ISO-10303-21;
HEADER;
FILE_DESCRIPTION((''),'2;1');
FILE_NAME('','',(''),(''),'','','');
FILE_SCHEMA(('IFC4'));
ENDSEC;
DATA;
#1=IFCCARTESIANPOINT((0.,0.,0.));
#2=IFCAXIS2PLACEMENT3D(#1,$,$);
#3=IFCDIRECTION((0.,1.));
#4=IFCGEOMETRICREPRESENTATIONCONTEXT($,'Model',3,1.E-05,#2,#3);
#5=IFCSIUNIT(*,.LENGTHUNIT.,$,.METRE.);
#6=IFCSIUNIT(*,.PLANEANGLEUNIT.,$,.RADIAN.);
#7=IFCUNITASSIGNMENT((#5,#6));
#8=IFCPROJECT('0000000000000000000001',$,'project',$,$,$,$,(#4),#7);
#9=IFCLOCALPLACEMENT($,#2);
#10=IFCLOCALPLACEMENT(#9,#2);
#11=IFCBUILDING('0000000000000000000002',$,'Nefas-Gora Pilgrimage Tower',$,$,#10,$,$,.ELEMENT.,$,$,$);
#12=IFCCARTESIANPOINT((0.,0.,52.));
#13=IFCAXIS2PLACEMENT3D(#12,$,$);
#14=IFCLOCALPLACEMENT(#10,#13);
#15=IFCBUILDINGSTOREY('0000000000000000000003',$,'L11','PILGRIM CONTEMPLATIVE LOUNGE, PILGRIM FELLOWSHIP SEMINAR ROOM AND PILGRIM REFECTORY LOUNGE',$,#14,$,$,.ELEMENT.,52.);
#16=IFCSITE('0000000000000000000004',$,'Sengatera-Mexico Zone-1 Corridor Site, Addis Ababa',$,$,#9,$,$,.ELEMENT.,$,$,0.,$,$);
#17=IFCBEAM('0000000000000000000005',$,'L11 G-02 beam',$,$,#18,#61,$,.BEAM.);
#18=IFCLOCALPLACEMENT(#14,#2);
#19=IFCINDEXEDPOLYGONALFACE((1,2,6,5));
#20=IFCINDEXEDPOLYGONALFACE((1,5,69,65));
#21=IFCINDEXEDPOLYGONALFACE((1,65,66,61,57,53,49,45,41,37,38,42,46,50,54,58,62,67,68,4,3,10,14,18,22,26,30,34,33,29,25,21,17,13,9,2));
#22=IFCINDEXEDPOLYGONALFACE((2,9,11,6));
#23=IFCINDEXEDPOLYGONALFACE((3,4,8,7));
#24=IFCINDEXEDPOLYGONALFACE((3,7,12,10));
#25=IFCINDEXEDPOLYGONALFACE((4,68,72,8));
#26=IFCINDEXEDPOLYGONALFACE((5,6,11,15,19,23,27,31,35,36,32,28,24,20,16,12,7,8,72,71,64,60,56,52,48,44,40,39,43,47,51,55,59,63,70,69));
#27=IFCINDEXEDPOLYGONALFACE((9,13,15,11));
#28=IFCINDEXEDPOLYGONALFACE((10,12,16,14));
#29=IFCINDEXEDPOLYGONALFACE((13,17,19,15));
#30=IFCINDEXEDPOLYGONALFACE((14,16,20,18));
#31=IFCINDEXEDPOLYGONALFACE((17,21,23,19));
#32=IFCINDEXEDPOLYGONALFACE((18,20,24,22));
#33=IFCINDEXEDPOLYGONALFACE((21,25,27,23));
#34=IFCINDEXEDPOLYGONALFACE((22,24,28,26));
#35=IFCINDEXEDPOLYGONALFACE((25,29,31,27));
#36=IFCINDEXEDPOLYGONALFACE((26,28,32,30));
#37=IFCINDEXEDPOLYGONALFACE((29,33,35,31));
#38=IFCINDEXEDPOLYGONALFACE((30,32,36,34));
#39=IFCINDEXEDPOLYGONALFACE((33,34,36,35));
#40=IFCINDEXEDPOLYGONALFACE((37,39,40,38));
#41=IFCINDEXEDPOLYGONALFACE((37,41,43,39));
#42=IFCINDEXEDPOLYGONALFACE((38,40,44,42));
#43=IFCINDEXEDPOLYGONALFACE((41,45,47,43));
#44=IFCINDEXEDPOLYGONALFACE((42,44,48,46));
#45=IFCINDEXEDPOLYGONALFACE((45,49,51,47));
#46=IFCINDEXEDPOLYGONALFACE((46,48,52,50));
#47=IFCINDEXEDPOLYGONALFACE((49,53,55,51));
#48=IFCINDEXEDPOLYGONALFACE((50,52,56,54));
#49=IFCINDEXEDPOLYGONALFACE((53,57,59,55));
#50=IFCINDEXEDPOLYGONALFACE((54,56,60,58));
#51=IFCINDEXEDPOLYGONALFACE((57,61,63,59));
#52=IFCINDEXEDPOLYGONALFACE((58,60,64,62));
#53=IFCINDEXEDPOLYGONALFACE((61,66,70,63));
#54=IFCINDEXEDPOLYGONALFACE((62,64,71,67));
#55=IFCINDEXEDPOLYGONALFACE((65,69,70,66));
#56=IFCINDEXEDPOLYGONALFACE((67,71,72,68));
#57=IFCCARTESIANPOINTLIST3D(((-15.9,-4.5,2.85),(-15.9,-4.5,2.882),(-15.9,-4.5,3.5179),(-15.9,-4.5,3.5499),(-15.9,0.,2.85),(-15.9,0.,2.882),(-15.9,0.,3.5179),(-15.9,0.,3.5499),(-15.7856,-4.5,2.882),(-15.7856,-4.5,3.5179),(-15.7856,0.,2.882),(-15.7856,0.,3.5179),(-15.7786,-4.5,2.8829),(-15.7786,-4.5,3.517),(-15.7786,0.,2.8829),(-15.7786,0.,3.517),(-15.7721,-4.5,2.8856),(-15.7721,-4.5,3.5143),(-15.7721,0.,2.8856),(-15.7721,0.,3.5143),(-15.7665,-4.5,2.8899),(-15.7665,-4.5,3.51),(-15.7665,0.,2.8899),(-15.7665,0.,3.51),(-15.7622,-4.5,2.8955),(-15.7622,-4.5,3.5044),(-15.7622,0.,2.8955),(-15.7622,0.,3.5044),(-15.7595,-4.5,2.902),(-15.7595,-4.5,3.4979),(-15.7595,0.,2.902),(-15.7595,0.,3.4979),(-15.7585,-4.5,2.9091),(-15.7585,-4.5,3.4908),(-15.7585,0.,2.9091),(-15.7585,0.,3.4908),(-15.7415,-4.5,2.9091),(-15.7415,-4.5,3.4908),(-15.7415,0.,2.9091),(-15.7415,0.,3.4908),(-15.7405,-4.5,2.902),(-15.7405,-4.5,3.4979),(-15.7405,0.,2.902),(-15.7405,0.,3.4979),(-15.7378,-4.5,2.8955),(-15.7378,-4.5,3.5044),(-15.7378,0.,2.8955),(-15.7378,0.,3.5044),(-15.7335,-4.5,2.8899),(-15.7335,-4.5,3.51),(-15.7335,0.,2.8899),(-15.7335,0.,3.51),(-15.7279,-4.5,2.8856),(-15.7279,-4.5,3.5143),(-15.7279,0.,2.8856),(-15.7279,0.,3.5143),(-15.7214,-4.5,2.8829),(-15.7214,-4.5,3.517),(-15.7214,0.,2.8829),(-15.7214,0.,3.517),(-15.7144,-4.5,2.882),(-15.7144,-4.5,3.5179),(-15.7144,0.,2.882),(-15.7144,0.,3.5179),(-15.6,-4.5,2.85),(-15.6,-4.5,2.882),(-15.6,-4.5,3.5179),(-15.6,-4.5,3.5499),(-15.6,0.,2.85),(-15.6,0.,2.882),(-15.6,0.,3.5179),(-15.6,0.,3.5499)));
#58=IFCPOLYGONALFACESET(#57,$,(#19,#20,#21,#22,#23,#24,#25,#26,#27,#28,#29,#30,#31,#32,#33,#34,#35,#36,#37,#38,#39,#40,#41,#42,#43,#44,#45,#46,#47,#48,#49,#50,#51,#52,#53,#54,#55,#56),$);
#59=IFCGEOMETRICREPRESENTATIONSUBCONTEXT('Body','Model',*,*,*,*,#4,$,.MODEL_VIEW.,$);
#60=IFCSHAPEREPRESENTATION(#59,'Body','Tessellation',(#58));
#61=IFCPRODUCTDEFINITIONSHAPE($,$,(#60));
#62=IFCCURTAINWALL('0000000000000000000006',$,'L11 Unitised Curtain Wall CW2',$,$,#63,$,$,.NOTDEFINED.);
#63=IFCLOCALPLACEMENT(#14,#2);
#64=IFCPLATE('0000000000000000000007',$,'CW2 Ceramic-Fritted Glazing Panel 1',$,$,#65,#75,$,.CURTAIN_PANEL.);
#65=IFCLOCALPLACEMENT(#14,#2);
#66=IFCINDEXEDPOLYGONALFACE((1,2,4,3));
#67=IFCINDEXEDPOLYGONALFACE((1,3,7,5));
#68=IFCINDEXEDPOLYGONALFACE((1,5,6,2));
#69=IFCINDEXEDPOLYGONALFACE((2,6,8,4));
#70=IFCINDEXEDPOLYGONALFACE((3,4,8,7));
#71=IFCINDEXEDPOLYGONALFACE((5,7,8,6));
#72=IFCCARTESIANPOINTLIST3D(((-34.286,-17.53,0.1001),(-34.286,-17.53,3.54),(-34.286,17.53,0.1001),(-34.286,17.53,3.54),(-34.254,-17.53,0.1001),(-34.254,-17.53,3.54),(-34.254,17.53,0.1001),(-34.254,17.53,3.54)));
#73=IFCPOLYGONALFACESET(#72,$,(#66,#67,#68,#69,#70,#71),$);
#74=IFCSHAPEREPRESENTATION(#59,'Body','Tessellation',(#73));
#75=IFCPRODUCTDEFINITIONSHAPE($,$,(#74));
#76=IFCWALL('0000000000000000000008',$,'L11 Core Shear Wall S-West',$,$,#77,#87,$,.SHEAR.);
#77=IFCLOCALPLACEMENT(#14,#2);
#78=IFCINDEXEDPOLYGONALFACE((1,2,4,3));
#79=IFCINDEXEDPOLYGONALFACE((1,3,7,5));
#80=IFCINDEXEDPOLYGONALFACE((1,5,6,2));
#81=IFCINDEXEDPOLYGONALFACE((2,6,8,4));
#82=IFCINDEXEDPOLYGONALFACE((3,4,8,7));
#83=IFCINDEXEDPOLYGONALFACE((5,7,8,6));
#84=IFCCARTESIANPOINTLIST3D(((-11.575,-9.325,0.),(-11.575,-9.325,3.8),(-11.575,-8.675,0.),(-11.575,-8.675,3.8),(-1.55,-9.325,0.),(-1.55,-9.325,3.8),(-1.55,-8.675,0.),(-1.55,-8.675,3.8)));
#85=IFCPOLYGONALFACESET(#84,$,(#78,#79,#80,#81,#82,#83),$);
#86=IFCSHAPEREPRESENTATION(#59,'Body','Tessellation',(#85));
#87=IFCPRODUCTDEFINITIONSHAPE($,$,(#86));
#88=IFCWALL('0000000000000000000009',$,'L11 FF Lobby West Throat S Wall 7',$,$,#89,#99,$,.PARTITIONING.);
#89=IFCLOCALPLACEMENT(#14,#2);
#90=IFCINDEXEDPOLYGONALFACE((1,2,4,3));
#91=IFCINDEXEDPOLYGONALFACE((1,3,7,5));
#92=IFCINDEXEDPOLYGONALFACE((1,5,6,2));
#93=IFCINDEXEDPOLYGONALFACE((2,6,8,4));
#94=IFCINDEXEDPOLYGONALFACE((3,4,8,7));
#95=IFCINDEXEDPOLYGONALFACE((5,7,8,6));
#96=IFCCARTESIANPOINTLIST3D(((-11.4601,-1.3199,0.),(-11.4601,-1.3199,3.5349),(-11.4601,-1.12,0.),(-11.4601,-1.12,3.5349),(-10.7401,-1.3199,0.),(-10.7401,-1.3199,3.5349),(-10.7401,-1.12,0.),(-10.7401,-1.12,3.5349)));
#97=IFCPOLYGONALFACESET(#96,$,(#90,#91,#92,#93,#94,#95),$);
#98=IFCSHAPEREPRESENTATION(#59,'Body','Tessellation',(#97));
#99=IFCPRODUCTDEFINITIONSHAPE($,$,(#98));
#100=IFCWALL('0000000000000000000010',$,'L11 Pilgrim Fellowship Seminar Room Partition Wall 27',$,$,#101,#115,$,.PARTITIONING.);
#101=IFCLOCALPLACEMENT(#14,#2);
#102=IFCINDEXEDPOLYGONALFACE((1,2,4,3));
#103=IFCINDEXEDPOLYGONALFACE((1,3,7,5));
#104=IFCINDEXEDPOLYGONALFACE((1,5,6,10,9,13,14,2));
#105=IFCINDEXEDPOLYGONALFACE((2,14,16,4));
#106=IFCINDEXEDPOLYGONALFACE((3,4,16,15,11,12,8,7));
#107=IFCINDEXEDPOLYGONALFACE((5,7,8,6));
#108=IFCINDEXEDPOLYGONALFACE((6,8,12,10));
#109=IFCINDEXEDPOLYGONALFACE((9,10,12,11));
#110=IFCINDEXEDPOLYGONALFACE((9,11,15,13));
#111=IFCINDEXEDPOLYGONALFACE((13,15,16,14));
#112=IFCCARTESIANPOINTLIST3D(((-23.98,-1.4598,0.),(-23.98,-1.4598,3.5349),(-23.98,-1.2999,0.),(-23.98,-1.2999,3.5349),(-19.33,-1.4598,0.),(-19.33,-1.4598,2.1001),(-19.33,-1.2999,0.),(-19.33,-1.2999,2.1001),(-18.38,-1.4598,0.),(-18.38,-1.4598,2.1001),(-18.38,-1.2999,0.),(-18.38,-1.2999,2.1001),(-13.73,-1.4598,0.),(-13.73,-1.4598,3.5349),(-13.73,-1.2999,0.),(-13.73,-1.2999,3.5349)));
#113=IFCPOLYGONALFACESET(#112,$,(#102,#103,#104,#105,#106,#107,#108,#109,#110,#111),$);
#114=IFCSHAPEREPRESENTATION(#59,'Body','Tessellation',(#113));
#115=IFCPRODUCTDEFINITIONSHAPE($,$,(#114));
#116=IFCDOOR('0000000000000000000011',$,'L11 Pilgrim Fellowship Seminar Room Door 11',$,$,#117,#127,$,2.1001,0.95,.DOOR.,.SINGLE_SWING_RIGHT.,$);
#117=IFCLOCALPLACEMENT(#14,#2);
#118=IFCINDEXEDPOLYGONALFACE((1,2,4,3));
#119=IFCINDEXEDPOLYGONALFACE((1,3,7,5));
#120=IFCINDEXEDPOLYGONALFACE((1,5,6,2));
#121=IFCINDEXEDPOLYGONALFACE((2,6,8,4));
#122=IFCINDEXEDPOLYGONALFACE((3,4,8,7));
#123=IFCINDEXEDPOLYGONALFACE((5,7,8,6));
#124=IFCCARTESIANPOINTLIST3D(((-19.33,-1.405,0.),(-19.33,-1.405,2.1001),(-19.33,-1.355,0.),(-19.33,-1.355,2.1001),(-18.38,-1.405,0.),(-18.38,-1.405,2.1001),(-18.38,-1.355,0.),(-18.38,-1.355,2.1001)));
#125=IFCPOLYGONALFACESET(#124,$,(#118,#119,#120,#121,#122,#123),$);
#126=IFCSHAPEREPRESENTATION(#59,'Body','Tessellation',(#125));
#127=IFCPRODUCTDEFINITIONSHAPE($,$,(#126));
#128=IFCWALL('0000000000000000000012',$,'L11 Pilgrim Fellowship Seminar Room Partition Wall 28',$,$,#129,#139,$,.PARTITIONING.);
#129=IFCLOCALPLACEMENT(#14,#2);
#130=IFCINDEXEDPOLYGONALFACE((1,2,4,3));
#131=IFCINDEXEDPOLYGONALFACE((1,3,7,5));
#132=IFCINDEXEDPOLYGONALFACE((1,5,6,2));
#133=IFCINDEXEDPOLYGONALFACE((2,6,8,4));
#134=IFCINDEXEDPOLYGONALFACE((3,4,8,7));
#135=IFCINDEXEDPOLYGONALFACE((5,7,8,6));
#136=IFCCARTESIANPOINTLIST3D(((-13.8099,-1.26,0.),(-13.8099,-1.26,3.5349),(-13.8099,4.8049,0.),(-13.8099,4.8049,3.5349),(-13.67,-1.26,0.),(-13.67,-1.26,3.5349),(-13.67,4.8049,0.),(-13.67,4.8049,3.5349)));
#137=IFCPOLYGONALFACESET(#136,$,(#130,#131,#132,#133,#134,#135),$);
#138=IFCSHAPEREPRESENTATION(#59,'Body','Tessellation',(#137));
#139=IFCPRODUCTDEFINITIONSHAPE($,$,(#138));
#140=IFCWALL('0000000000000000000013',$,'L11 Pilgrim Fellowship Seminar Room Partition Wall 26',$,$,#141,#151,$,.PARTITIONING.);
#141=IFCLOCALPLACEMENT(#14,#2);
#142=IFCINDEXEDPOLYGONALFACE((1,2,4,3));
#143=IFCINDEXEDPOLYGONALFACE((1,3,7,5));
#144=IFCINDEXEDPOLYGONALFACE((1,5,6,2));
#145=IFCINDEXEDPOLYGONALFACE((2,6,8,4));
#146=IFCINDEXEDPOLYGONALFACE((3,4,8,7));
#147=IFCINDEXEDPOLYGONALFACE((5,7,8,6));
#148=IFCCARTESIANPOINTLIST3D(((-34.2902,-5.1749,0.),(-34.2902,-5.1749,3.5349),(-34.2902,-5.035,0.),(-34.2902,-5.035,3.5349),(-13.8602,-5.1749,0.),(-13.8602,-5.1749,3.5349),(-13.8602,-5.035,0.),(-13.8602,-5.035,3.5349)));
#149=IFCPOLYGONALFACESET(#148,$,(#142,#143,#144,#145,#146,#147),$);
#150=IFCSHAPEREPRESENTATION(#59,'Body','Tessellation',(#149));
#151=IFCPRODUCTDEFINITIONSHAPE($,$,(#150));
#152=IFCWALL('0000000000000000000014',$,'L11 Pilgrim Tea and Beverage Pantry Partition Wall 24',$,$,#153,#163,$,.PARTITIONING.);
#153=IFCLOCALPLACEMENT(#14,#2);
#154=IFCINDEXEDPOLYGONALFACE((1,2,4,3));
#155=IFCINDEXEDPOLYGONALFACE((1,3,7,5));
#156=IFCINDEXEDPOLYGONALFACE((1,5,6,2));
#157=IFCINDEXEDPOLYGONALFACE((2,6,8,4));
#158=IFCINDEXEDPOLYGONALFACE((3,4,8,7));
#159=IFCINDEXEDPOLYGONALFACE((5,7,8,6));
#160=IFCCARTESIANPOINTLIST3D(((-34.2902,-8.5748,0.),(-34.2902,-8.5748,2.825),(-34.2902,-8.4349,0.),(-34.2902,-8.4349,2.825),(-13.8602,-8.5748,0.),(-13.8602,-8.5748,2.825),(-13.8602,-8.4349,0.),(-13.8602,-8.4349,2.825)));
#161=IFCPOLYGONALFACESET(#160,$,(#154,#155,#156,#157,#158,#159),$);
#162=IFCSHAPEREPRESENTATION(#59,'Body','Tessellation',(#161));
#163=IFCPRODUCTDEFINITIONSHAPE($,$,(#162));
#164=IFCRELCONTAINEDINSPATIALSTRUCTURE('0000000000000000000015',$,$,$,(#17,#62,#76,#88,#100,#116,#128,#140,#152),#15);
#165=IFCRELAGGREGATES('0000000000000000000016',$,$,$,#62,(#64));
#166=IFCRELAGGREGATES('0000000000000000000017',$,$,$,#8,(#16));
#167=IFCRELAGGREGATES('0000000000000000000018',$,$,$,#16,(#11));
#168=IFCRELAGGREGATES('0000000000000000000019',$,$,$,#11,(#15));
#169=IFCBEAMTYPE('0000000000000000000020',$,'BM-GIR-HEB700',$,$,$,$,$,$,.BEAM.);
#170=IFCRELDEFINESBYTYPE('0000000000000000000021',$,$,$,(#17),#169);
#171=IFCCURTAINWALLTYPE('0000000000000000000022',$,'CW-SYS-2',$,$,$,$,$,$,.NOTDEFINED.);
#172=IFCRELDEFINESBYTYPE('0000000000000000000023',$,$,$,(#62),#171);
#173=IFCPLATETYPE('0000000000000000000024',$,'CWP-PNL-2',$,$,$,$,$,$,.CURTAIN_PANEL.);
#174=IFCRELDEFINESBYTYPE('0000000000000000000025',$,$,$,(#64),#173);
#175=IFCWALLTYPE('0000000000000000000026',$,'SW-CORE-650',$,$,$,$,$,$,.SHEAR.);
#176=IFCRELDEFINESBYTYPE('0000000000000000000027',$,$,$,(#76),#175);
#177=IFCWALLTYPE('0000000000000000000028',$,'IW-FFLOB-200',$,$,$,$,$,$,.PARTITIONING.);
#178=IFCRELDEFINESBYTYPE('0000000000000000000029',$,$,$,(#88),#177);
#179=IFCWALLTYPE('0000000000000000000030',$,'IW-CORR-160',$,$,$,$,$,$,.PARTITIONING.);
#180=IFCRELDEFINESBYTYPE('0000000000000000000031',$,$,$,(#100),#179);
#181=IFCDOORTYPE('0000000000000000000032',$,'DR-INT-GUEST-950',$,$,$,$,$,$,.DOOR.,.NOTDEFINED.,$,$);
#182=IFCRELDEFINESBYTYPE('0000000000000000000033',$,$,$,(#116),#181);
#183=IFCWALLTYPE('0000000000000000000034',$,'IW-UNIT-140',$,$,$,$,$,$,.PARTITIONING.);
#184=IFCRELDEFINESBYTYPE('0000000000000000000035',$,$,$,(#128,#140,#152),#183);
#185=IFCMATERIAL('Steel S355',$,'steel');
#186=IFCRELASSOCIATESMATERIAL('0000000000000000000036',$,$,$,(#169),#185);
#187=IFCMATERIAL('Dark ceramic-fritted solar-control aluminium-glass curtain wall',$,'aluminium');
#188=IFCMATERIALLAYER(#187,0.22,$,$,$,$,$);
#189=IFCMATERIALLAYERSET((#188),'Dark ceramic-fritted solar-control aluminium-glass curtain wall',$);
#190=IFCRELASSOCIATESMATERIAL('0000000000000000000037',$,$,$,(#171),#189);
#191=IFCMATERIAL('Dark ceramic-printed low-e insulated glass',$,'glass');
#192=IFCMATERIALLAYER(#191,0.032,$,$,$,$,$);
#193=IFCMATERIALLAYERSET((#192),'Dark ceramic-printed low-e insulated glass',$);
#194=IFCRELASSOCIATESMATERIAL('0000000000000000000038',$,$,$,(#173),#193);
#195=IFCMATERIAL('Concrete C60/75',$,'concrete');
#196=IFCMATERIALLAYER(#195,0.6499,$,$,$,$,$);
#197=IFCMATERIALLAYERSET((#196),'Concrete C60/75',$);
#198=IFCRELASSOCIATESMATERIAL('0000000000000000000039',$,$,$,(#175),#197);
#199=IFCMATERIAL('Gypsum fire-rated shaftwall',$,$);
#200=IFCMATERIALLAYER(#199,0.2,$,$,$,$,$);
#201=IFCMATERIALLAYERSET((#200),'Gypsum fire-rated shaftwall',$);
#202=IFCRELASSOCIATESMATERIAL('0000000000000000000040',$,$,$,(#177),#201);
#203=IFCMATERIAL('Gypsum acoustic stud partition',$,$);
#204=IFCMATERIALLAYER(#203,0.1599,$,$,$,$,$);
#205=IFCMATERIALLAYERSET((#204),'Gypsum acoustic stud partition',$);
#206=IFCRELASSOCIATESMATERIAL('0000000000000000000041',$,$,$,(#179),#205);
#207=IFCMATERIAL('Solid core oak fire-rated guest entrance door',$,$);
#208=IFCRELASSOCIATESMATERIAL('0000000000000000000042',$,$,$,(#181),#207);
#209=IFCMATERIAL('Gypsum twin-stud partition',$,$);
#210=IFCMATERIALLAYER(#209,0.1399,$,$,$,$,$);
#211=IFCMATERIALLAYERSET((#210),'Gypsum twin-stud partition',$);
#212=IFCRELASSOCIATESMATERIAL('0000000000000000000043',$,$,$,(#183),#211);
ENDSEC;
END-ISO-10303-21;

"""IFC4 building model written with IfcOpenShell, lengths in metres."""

from ifc_helpers import new_model, si_unit, direction, frame, frame_2d, origin, origin_2d, place, context, subcontext, project, spatial, rectangle, i_section, extrude, source, transform, mapped, material, layer, layer_set, material_profile, profile_set, type_object, element, fill, aggregate, save


model = new_model("IFC4")

# Units and contexts
model_context = context("Model", 3, precision=1e-05, world=origin(), true_north=direction((0.0, 1.0)))
body_context = subcontext(model_context, "Body", "Model", "MODEL_VIEW")
ifc_project = project(units=[si_unit("LENGTHUNIT", "METRE"), si_unit("PLANEANGLEUNIT", "RADIAN")], contexts=[model_context])

# Site, building, storey
site_placement = place(None, origin())
site = spatial("IfcSite", under=ifc_project, at=site_placement, Name="Sengatera-Mexico Zone-1 Corridor Site, Addis Ababa", CompositionType="ELEMENT", RefElevation=0.0)
building_placement = place(site_placement, origin())
building = spatial("IfcBuilding", under=site, at=building_placement, Name="Nefas-Gora Pilgrimage Tower", CompositionType="ELEMENT")
storey_placement = place(building_placement, frame((0.0, 0.0, 52.0)))
storey = spatial("IfcBuildingStorey", under=building, at=storey_placement, Name="L11", Description="PILGRIM CONTEMPLATIVE LOUNGE, PILGRIM FELLOWSHIP SEMINAR ROOM AND PILGRIM REFECTORY LOUNGE", CompositionType="ELEMENT", Elevation=52.0)

# Beam
ifc_material_1 = material(Name="Steel S355", Category="steel")
ifc_material_profile_1 = material_profile(ifc_material_1, i_section(OverallWidth=0.3, OverallDepth=0.7, WebThickness=0.0171, FlangeThickness=0.032, FilletRadius=0.0271, at=origin_2d()), Name="HEB 700")
ifc_profile_set_1 = profile_set([ifc_material_profile_1], Name="Steel S355")
beam_type_1 = type_object("IfcBeamType", Name="BM-GIR-HEB700", PredefinedType="BEAM", material=ifc_profile_set_1)
shared_shape_1 = source(origin(), body_context, "Body", "SweptSolid", [
    extrude(i_section(OverallWidth=0.3, OverallDepth=0.7, WebThickness=0.0171, FlangeThickness=0.032, FilletRadius=0.0271, at=origin_2d()), origin(), (0.0, 0.0, 1.0), 4.5),
])
for number, where, z_axis, x_axis, name in (
    (1, (-15.75, -4.5, 3.2), (0.0, 1.0, 0.0), (-1.0, 0.0, 0.0), "L11 G-02 beam"),
):
    element("IfcBeam", number, at=place(storey_placement, frame(where, z_axis=z_axis, x_axis=x_axis)), inside=storey, type_object=beam_type_1, Name=name, PredefinedType="BEAM", context=body_context, shape_type="MappedRepresentation", body=[
        mapped(shared_shape_1, transform((0.0, 0.0, 0.0), x_axis=(1.0, 0.0, 0.0), y_axis=(0.0, 1.0, 0.0), z_axis=(0.0, 0.0, 1.0), scale=1.0)),
    ])

# Curtain wall, plate
ifc_material_2 = material(Name="Dark ceramic-fritted solar-control aluminium-glass curtain wall", Category="aluminium")
ifc_layer_1 = layer(ifc_material_2, 0.22)
ifc_layer_set_1 = layer_set([ifc_layer_1], Name="Dark ceramic-fritted solar-control aluminium-glass curtain wall")
curtain_wall_type = type_object("IfcCurtainWallType", Name="CW-SYS-2", PredefinedType="NOTDEFINED", material=ifc_layer_set_1)
curtain_wall_placement = place(storey_placement, origin())
curtain_wall = element("IfcCurtainWall", 2, at=curtain_wall_placement, inside=storey, type_object=curtain_wall_type, Name="L11 Unitised Curtain Wall CW2", PredefinedType="NOTDEFINED")
ifc_material_3 = material(Name="Dark ceramic-printed low-e insulated glass", Category="glass")
ifc_layer_2 = layer(ifc_material_3, 0.032)
ifc_layer_set_2 = layer_set([ifc_layer_2], Name="Dark ceramic-printed low-e insulated glass")
plate_type = type_object("IfcPlateType", Name="CWP-PNL-2", PredefinedType="CURTAIN_PANEL", material=ifc_layer_set_2)
shared_shape_2 = source(origin(), body_context, "Body", "SweptSolid", [
    extrude(rectangle(XDim=35.0601, YDim=0.032, at=origin_2d()), origin(), (0.0, 0.0, 1.0), 3.4399),
])
plate_placement = place(storey_placement, frame((-34.27, 0.0, 0.1001), z_axis=(0.0, 0.0, 1.0), x_axis=(0.0, -1.0, 0.0)))
plate = element("IfcPlate", 3, at=plate_placement, type_object=plate_type, Name="CW2 Ceramic-Fritted Glazing Panel 1", PredefinedType="CURTAIN_PANEL", context=body_context, shape_type="MappedRepresentation", body=[
    mapped(shared_shape_2, transform((0.0, 0.0, 0.0), x_axis=(1.0, 0.0, 0.0), y_axis=(0.0, 1.0, 0.0), z_axis=(0.0, 0.0, 1.0), scale=1.0)),
])
aggregate(curtain_wall, [plate])

# Wall
ifc_material_4 = material(Name="Concrete C60/75", Category="concrete")
ifc_layer_3 = layer(ifc_material_4, 0.6499)
ifc_layer_set_3 = layer_set([ifc_layer_3], Name="Concrete C60/75")
wall_type_1 = type_object("IfcWallType", Name="SW-CORE-650", PredefinedType="SHEAR", material=ifc_layer_set_3)
shared_shape_3 = source(origin(), body_context, "Body", "SweptSolid", [
    extrude(rectangle(XDim=10.0249, YDim=0.6499, at=frame_2d((5.0125, 0.0))), origin(), (0.0, 0.0, 1.0), 3.8),
])
wall_1_placement = place(storey_placement, frame((-11.575, -9.0, 0.0), z_axis=(0.0, 0.0, 1.0), x_axis=(1.0, 0.0, 0.0)))
element("IfcWall", 4, at=wall_1_placement, inside=storey, type_object=wall_type_1, Name="L11 Core Shear Wall S-West", PredefinedType="SHEAR", context=body_context, shape_type="MappedRepresentation", body=[
    mapped(shared_shape_3, transform((0.0, 0.0, 0.0), x_axis=(1.0, 0.0, 0.0), y_axis=(0.0, 1.0, 0.0), z_axis=(0.0, 0.0, 1.0), scale=1.0)),
])

# Shared definitions
ifc_material_5 = material(Name="Gypsum fire-rated shaftwall")
ifc_layer_4 = layer(ifc_material_5, 0.2)
ifc_layer_set_4 = layer_set([ifc_layer_4], Name="Gypsum fire-rated shaftwall")
wall_type_2 = type_object("IfcWallType", Name="IW-FFLOB-200", PredefinedType="PARTITIONING", material=ifc_layer_set_4)

# Wall
shared_shape_4 = source(origin(), body_context, "Body", "SweptSolid", [
    extrude(rectangle(XDim=0.72, YDim=0.2, at=frame_2d((0.3599, 0.0))), origin(), (0.0, 0.0, 1.0), 3.5349),
])
wall_2_placement = place(storey_placement, frame((-11.46, -1.22, 0.0), z_axis=(0.0, 0.0, 1.0), x_axis=(1.0, 0.0, 0.0)))
element("IfcWall", 5, at=wall_2_placement, inside=storey, type_object=wall_type_2, Name="L11 FF Lobby West Throat S Wall 7", PredefinedType="PARTITIONING", context=body_context, shape_type="MappedRepresentation", body=[
    mapped(shared_shape_4, transform((0.0, 0.0, 0.0), x_axis=(1.0, 0.0, 0.0), y_axis=(0.0, 1.0, 0.0), z_axis=(0.0, 0.0, 1.0), scale=1.0)),
])

# Wall, opening, door
ifc_material_6 = material(Name="Gypsum acoustic stud partition")
ifc_layer_5 = layer(ifc_material_6, 0.1599)
ifc_layer_set_5 = layer_set([ifc_layer_5], Name="Gypsum acoustic stud partition")
wall_type_3 = type_object("IfcWallType", Name="IW-CORR-160", PredefinedType="PARTITIONING", material=ifc_layer_set_5)
shared_shape_5 = source(origin(), body_context, "Body", "SweptSolid", [
    extrude(rectangle(XDim=10.25, YDim=0.1599, at=frame_2d((5.125, 0.0))), origin(), (0.0, 0.0, 1.0), 3.5349),
])
wall_3_placement = place(storey_placement, frame((-23.98, -1.3799, 0.0), z_axis=(0.0, 0.0, 1.0), x_axis=(1.0, 0.0, 0.0)))
wall_3 = element("IfcWall", 6, at=wall_3_placement, inside=storey, type_object=wall_type_3, Name="L11 Pilgrim Fellowship Seminar Room Partition Wall 27", PredefinedType="PARTITIONING", context=body_context, shape_type="MappedRepresentation", body=[
    mapped(shared_shape_5, transform((0.0, 0.0, 0.0), x_axis=(1.0, 0.0, 0.0), y_axis=(0.0, 1.0, 0.0), z_axis=(0.0, 0.0, 1.0), scale=1.0)),
])
opening_1_placement = place(wall_3_placement, frame((4.6499, 0.0, 0.0)))
opening_1 = element("IfcOpeningElement", 7, at=opening_1_placement, cuts=wall_3, PredefinedType="OPENING", context=body_context, shape_type="SweptSolid", body=[
    extrude(rectangle(XDim=0.95, YDim=2.1001, at=frame_2d((0.4751, 1.05))), frame((0.0, 0.0898, 0.0), z_axis=(0.0, -1.0, 0.0), x_axis=(1.0, 0.0, 0.0)), (0.0, 0.0, 1.0), 0.1799),
])
ifc_material_7 = material(Name="Solid core oak fire-rated guest entrance door")
door_type_1 = type_object("IfcDoorType", Name="DR-INT-GUEST-950", OperationType="NOTDEFINED", PredefinedType="DOOR", material=ifc_material_7)
shared_shape_6 = source(origin(), body_context, "Body", "SweptSolid", [
    extrude(rectangle(XDim=0.95, YDim=2.1001, at=frame_2d((0.4751, 1.05))), frame((0.0, 0.0249, 0.0), z_axis=(0.0, -1.0, 0.0), x_axis=(1.0, 0.0, 0.0)), (0.0, 0.0, 1.0), 0.05),
])
door_1_placement = place(opening_1_placement, origin())
door_1 = element("IfcDoor", 8, at=door_1_placement, inside=storey, type_object=door_type_1, Name="L11 Pilgrim Fellowship Seminar Room Door 11", OperationType="SINGLE_SWING_RIGHT", OverallHeight=2.1001, OverallWidth=0.95, PredefinedType="DOOR", context=body_context, shape_type="MappedRepresentation", body=[
    mapped(shared_shape_6, transform((0.0, 0.0, 0.0), x_axis=(1.0, 0.0, 0.0), y_axis=(0.0, 1.0, 0.0), z_axis=(0.0, 0.0, 1.0), scale=1.0)),
])
fill(opening_1, door_1)

# Walls
ifc_material_8 = material(Name="Gypsum twin-stud partition")
ifc_layer_6 = layer(ifc_material_8, 0.1399)
ifc_layer_set_6 = layer_set([ifc_layer_6], Name="Gypsum twin-stud partition")
wall_type_4 = type_object("IfcWallType", Name="IW-UNIT-140", PredefinedType="PARTITIONING", material=ifc_layer_set_6)
shared_shape_7 = source(origin(), body_context, "Body", "SweptSolid", [
    extrude(rectangle(XDim=6.0649, YDim=0.1399, at=frame_2d((3.0325, 0.0))), origin(), (0.0, 0.0, 1.0), 3.5349),
])
wall_4_placement = place(storey_placement, frame((-13.74, -1.26, 0.0), z_axis=(0.0, 0.0, 1.0), x_axis=(0.0, 1.0, 0.0)))
element("IfcWall", 9, at=wall_4_placement, inside=storey, type_object=wall_type_4, Name="L11 Pilgrim Fellowship Seminar Room Partition Wall 28", PredefinedType="PARTITIONING", context=body_context, shape_type="MappedRepresentation", body=[
    mapped(shared_shape_7, transform((0.0, 0.0, 0.0), x_axis=(1.0, 0.0, 0.0), y_axis=(0.0, 1.0, 0.0), z_axis=(0.0, 0.0, 1.0), scale=1.0)),
])
shared_shape_8 = source(origin(), body_context, "Body", "SweptSolid", [
    extrude(rectangle(XDim=20.4299, YDim=0.1399, at=frame_2d((10.2148, 0.0))), origin(), (0.0, 0.0, 1.0), 3.5349),
])
wall_5_placement = place(storey_placement, frame((-34.29, -5.105, 0.0), z_axis=(0.0, 0.0, 1.0), x_axis=(1.0, 0.0, 0.0)))
element("IfcWall", 10, at=wall_5_placement, inside=storey, type_object=wall_type_4, Name="L11 Pilgrim Fellowship Seminar Room Partition Wall 26", PredefinedType="PARTITIONING", context=body_context, shape_type="MappedRepresentation", body=[
    mapped(shared_shape_8, transform((0.0, 0.0, 0.0), x_axis=(1.0, 0.0, 0.0), y_axis=(0.0, 1.0, 0.0), z_axis=(0.0, 0.0, 1.0), scale=1.0)),
])
shared_shape_9 = source(origin(), body_context, "Body", "SweptSolid", [
    extrude(rectangle(XDim=20.4299, YDim=0.1399, at=frame_2d((10.2148, 0.0))), origin(), (0.0, 0.0, 1.0), 2.825),
])
wall_6_placement = place(storey_placement, frame((-34.29, -8.5049, 0.0), z_axis=(0.0, 0.0, 1.0), x_axis=(1.0, 0.0, 0.0)))
element("IfcWall", 11, at=wall_6_placement, inside=storey, type_object=wall_type_4, Name="L11 Pilgrim Tea and Beverage Pantry Partition Wall 24", PredefinedType="PARTITIONING", context=body_context, shape_type="MappedRepresentation", body=[
    mapped(shared_shape_9, transform((0.0, 0.0, 0.0), x_axis=(1.0, 0.0, 0.0), y_axis=(0.0, 1.0, 0.0), z_axis=(0.0, 0.0, 1.0), scale=1.0)),
])

save(model, "model.ifc")
